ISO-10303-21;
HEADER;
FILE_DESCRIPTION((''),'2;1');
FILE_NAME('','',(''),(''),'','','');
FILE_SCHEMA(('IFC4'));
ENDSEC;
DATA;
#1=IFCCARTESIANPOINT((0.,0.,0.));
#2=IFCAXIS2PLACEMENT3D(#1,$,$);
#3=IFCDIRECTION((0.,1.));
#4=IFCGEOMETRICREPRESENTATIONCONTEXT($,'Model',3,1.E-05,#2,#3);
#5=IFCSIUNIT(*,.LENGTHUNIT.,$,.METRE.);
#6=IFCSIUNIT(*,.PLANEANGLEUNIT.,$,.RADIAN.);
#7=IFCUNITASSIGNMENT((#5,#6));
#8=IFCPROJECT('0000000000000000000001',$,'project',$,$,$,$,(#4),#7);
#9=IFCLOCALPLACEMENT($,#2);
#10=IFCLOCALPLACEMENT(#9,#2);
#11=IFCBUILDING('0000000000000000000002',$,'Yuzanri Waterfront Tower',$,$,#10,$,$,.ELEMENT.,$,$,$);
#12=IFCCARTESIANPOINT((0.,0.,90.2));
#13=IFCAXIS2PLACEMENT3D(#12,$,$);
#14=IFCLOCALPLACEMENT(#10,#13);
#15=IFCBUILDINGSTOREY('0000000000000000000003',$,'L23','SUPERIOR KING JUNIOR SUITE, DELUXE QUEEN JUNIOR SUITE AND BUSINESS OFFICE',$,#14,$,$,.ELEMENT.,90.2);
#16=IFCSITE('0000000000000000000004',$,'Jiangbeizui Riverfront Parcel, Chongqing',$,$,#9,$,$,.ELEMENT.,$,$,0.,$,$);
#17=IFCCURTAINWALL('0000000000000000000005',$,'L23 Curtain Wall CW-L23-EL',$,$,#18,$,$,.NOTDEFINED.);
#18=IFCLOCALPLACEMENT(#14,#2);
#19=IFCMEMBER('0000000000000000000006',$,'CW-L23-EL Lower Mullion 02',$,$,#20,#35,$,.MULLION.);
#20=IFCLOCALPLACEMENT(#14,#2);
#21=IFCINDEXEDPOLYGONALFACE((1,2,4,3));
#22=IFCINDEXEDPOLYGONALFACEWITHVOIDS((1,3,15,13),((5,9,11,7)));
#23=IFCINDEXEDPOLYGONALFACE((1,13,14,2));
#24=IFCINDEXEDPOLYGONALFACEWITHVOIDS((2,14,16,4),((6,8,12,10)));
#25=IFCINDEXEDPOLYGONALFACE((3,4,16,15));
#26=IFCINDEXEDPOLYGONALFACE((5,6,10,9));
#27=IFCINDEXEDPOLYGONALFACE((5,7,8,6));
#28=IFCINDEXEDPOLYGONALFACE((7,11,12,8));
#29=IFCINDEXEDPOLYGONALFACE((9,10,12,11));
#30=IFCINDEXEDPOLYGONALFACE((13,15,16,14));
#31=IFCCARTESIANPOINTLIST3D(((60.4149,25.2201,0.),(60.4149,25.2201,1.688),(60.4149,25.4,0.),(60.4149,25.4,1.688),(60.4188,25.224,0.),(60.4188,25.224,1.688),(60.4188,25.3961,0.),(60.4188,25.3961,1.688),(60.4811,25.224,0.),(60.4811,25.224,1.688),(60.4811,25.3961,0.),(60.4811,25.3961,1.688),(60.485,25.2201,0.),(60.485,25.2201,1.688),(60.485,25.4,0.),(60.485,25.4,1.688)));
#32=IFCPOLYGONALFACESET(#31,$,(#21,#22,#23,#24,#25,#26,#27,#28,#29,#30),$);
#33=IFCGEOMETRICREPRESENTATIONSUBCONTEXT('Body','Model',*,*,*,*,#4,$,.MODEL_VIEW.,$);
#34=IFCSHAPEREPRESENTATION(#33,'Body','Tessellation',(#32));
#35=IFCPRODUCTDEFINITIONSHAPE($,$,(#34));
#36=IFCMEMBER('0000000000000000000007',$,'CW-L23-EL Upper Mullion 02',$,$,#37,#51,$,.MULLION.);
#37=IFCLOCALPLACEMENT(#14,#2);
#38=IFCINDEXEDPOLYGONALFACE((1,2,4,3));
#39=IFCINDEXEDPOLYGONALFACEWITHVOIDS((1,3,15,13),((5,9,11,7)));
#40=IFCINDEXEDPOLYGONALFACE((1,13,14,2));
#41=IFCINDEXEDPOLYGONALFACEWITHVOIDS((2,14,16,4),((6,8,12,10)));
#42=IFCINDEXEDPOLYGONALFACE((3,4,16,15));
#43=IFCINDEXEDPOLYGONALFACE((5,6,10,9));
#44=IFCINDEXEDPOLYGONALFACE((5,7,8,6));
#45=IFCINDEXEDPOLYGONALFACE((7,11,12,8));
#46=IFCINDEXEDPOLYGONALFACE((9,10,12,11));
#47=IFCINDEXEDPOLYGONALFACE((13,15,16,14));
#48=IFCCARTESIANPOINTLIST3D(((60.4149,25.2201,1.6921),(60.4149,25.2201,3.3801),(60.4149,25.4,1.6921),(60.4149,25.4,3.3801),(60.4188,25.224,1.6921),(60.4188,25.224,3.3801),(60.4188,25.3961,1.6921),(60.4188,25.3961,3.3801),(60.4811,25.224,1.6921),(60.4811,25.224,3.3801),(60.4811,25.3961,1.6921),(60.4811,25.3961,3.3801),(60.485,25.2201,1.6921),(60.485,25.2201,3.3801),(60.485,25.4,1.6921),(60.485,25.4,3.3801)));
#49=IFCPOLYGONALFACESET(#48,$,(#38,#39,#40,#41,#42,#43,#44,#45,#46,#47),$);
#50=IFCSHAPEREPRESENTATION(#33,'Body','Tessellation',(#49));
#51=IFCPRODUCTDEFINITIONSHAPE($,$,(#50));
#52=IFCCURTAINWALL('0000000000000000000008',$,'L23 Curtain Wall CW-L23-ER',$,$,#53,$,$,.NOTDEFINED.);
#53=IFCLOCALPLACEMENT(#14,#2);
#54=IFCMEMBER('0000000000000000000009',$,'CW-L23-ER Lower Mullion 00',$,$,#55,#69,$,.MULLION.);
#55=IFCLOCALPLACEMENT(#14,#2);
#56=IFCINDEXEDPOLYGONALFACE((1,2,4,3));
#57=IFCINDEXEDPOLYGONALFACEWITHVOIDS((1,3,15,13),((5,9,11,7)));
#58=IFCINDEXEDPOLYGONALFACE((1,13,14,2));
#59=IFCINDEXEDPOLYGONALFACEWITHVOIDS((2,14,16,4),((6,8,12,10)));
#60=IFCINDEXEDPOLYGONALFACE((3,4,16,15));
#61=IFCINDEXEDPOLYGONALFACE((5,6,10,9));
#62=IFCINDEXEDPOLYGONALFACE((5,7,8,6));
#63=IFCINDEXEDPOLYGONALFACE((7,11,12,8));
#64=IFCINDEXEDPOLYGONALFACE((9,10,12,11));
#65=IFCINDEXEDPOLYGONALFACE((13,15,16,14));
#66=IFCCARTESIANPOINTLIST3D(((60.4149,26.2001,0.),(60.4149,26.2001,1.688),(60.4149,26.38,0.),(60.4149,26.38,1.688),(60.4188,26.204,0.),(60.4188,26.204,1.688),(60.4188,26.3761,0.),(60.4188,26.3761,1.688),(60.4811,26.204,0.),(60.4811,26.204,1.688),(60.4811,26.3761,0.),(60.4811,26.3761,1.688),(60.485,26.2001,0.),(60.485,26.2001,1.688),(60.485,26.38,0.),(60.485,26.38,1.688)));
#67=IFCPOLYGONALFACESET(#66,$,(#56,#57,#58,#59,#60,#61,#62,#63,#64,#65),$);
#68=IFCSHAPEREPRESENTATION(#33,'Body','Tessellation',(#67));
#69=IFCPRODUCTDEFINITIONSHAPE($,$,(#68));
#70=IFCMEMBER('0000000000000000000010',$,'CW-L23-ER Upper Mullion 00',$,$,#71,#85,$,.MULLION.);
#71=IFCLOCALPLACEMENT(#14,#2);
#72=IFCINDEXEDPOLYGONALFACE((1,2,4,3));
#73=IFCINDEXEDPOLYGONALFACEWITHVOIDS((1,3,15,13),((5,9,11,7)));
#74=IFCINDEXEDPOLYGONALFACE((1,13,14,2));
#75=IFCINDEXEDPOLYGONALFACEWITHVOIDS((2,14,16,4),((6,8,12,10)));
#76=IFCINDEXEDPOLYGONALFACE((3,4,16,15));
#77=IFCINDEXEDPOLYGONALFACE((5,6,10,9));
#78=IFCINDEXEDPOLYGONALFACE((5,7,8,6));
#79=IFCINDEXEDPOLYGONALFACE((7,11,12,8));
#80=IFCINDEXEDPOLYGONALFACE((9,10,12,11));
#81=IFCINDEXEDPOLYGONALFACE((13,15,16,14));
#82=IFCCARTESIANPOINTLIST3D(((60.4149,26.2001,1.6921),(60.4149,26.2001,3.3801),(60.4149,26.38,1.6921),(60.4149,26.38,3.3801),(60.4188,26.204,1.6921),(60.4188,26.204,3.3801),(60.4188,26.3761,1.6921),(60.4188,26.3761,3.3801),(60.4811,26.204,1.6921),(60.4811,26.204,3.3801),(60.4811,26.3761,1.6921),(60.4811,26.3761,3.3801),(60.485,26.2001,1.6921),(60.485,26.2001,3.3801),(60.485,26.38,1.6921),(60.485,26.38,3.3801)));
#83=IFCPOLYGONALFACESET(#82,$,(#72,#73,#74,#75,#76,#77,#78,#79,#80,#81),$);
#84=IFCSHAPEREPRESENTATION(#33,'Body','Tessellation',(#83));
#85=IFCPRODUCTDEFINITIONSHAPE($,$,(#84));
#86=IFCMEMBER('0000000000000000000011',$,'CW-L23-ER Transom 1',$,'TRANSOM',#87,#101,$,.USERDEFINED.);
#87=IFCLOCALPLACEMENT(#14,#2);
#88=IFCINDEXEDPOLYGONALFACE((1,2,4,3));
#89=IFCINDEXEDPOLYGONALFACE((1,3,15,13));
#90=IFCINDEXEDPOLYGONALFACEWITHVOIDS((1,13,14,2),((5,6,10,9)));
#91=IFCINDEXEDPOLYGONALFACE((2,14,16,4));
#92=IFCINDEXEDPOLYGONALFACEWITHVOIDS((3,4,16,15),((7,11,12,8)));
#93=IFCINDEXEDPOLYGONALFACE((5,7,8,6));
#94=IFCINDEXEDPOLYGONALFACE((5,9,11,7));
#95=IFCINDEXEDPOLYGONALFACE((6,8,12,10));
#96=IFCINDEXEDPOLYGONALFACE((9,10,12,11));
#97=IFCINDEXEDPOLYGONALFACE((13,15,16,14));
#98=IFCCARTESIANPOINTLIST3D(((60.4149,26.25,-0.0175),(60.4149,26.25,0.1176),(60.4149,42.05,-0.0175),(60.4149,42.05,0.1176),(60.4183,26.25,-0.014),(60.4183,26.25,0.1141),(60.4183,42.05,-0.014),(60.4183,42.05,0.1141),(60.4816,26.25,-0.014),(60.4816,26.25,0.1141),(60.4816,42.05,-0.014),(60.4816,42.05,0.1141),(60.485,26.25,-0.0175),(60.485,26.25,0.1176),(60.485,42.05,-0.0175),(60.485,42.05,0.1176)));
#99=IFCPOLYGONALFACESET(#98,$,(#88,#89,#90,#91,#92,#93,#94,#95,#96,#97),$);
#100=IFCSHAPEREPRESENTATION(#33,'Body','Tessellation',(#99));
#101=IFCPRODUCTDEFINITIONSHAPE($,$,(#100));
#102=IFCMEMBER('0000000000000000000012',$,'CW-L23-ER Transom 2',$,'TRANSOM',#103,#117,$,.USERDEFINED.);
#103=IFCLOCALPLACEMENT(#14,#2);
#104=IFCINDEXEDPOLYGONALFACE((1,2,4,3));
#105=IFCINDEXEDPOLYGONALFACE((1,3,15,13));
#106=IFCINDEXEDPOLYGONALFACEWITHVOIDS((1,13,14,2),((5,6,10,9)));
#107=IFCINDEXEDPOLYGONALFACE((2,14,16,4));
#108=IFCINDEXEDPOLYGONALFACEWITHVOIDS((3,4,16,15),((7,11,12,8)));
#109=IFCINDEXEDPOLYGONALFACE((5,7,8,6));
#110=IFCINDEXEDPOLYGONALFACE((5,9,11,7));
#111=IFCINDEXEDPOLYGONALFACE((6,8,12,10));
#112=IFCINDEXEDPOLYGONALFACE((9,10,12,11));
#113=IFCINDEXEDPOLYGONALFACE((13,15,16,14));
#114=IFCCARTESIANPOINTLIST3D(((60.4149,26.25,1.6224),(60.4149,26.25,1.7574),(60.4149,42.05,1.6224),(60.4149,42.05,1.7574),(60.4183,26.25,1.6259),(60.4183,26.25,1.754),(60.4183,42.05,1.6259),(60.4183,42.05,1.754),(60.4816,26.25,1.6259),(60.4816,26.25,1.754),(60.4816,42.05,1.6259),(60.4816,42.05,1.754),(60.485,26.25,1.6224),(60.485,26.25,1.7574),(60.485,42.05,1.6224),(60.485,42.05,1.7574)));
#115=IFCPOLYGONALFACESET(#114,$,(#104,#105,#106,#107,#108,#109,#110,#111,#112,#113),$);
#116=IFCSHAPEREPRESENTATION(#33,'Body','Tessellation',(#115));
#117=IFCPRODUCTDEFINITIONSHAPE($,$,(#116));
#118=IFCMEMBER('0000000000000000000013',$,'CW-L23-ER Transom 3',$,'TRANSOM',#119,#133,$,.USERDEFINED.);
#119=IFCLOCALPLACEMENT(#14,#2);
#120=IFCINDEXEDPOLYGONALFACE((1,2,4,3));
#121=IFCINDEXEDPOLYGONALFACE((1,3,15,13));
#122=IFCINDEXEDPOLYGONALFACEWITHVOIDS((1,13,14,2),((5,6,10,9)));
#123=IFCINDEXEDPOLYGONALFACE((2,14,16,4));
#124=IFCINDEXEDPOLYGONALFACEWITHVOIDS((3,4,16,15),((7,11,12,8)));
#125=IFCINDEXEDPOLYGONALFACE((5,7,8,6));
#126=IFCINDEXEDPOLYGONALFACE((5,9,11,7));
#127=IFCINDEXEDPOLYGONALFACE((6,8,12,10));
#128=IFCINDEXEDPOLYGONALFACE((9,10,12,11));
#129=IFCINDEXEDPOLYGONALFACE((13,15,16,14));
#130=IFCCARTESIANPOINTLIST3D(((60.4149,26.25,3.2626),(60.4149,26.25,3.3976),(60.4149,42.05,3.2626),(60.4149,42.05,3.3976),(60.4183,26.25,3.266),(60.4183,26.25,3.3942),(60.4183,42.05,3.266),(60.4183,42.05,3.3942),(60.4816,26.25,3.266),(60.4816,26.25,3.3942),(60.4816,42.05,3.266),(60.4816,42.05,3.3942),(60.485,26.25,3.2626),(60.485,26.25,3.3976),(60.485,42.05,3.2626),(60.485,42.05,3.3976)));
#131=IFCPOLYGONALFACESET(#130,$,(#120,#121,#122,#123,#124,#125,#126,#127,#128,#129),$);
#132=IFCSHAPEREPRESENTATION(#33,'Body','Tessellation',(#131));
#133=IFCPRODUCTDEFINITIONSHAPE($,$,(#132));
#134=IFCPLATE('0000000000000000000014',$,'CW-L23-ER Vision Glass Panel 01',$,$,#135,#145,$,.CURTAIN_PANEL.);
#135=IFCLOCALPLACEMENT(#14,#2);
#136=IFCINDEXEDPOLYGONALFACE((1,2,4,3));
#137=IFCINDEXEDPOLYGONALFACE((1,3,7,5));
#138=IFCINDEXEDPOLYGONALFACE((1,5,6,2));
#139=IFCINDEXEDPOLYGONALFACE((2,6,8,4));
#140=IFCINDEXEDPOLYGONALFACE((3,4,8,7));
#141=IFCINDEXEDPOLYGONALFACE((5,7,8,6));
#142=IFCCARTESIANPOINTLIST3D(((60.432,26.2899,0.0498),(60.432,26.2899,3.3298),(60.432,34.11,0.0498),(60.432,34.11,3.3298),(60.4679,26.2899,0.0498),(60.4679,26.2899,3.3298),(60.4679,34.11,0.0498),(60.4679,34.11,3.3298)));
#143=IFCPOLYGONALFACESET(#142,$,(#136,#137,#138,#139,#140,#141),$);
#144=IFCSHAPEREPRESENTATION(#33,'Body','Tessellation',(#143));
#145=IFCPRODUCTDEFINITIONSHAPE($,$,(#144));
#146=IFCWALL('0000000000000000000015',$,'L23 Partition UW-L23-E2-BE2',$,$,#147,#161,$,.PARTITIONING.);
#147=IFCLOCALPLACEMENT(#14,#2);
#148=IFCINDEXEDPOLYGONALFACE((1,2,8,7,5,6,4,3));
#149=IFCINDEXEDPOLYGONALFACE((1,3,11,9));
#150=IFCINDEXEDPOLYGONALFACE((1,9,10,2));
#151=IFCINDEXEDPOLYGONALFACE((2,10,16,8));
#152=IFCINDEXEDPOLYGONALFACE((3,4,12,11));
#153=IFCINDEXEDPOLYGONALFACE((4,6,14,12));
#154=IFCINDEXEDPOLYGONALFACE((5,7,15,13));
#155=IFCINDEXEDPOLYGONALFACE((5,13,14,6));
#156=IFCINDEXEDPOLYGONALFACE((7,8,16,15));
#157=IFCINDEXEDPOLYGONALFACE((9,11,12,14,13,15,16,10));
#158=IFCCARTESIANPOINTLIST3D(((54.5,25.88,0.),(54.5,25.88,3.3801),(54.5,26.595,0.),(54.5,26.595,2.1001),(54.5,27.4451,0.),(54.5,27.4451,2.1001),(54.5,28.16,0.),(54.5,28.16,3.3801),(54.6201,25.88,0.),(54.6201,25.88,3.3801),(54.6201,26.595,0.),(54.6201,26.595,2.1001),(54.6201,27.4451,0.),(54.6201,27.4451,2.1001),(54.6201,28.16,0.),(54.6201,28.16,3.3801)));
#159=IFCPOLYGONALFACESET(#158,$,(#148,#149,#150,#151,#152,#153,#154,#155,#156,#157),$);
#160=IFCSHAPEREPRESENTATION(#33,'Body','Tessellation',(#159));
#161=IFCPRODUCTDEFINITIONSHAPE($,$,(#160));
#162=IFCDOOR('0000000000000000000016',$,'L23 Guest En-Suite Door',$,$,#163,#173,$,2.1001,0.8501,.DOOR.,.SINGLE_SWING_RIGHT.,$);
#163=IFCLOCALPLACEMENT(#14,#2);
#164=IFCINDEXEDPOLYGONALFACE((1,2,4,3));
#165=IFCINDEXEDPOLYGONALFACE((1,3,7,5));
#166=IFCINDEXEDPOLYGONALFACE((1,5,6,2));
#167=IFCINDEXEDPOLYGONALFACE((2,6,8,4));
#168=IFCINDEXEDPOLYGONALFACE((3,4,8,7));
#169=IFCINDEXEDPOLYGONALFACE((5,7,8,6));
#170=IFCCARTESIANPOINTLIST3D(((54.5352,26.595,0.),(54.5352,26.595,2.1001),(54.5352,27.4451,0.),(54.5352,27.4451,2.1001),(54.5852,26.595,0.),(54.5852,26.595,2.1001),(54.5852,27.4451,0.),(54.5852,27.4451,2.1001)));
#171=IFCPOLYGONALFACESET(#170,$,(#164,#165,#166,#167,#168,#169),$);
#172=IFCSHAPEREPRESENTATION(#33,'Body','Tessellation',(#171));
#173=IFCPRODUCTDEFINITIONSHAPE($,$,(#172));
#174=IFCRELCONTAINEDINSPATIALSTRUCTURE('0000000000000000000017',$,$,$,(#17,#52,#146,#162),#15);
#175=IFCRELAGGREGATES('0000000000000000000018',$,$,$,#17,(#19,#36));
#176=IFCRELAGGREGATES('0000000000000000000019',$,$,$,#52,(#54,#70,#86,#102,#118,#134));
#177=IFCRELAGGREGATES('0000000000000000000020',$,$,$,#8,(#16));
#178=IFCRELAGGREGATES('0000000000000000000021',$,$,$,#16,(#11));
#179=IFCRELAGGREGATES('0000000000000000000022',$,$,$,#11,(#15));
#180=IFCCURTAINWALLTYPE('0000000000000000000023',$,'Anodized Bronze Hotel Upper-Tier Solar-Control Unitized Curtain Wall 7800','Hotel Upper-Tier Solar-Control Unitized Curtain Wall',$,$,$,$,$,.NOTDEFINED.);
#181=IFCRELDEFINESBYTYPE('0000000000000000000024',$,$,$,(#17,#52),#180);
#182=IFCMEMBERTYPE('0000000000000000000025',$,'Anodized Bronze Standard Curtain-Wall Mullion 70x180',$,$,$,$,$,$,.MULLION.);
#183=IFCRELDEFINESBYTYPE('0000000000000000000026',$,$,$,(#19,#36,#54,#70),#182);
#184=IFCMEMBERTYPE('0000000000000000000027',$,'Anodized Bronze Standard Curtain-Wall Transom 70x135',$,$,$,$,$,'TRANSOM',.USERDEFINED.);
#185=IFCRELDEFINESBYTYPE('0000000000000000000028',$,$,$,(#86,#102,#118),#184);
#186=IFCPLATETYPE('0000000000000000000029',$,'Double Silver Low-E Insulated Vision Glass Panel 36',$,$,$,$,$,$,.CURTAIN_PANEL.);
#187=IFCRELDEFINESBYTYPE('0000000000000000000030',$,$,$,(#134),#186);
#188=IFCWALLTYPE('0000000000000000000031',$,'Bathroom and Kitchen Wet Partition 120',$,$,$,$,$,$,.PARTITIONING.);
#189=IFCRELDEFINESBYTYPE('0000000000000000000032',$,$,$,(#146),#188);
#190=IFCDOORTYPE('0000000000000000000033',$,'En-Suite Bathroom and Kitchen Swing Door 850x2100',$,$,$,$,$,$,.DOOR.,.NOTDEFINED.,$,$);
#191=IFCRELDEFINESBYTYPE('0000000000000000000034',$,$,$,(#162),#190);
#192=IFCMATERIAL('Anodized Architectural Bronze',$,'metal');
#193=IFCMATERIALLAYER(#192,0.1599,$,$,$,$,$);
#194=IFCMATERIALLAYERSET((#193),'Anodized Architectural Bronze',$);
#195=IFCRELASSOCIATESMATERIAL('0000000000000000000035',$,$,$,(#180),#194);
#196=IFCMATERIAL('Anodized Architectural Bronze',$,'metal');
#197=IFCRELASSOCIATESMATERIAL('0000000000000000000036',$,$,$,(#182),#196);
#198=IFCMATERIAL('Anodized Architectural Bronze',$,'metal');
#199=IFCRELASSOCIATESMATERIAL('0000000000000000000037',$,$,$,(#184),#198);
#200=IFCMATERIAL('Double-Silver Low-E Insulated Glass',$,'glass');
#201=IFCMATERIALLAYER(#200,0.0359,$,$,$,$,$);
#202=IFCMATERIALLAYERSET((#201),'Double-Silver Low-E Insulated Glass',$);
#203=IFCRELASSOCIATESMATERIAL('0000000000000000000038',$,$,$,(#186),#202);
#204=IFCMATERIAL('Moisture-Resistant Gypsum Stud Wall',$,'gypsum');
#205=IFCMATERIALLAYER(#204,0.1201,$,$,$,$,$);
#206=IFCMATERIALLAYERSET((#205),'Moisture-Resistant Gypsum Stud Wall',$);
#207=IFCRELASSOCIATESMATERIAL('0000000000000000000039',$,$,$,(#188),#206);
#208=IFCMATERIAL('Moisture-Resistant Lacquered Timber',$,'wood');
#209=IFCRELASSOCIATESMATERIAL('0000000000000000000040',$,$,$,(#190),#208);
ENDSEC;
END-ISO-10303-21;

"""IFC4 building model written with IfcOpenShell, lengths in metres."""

from ifc_helpers import new_model, si_unit, direction, frame, frame_2d, origin, origin_2d, place, context, subcontext, project, spatial, rectangle, hollow_rectangle, extrude, source, transform, mapped, material, layer, layer_set, material_profile, profile_set, type_object, element, fill, aggregate, save


model = new_model("IFC4")

# Units and contexts
model_context = context("Model", 3, precision=1e-05, world=origin(), true_north=direction((0.0, 1.0)))
body_context = subcontext(model_context, "Body", "Model", "MODEL_VIEW")
ifc_project = project(units=[si_unit("LENGTHUNIT", "METRE"), si_unit("PLANEANGLEUNIT", "RADIAN")], contexts=[model_context])

# Site, building, storey
site_placement = place(None, origin())
site = spatial("IfcSite", under=ifc_project, at=site_placement, Name="Jiangbeizui Riverfront Parcel, Chongqing", CompositionType="ELEMENT", RefElevation=0.0)
building_placement = place(site_placement, origin())
building = spatial("IfcBuilding", under=site, at=building_placement, Name="Yuzanri Waterfront Tower", CompositionType="ELEMENT")
storey_placement = place(building_placement, frame((0.0, 0.0, 90.2)))
storey = spatial("IfcBuildingStorey", under=building, at=storey_placement, Name="L23", Description="SUPERIOR KING JUNIOR SUITE, DELUXE QUEEN JUNIOR SUITE AND BUSINESS OFFICE", CompositionType="ELEMENT", Elevation=90.2)

# Curtain wall, members
ifc_material_1 = material(Name="Anodized Architectural Bronze", Category="metal")
ifc_layer_1 = layer(ifc_material_1, 0.1599)
ifc_layer_set_1 = layer_set([ifc_layer_1], Name="Anodized Architectural Bronze")
curtain_wall_type = type_object("IfcCurtainWallType", Name="Anodized Bronze Hotel Upper-Tier Solar-Control Unitized Curtain Wall 7800", Description="Hotel Upper-Tier Solar-Control Unitized Curtain Wall", PredefinedType="NOTDEFINED", material=ifc_layer_set_1)
curtain_wall_1_placement = place(storey_placement, origin())
curtain_wall_1 = element("IfcCurtainWall", 1, at=curtain_wall_1_placement, inside=storey, type_object=curtain_wall_type, Name="L23 Curtain Wall CW-L23-EL", PredefinedType="NOTDEFINED")
ifc_material_2 = material(Name="Anodized Architectural Bronze", Category="metal")
ifc_material_profile_1 = material_profile(ifc_material_2, hollow_rectangle(XDim=0.0701, YDim=0.1799, WallThickness=0.0039, at=origin_2d()), Name="CWM 70x180")
ifc_profile_set_1 = profile_set([ifc_material_profile_1], Name="Anodized Architectural Bronze")
member_type_1 = type_object("IfcMemberType", Name="Anodized Bronze Standard Curtain-Wall Mullion 70x180", PredefinedType="MULLION", material=ifc_profile_set_1)
shared_shape_1 = source(origin(), body_context, "Body", "SweptSolid", [
    extrude(hollow_rectangle(XDim=0.0701, YDim=0.1799, WallThickness=0.0039, at=origin_2d()), origin(), (0.0, 0.0, 1.0), 1.688),
])
member_1_placement = place(storey_placement, frame((60.45, 25.3101, 0.0), z_axis=(0.0, 0.0, 1.0), x_axis=(1.0, 0.0, 0.0)))
member_1 = element("IfcMember", 2, at=member_1_placement, type_object=member_type_1, Name="CW-L23-EL Lower Mullion 02", PredefinedType="MULLION", context=body_context, shape_type="MappedRepresentation", body=[
    mapped(shared_shape_1, transform((0.0, 0.0, 0.0), scale=1.0)),
])
member_2_placement = place(storey_placement, frame((60.45, 25.3101, 1.6921), z_axis=(0.0, 0.0, 1.0), x_axis=(1.0, 0.0, 0.0)))
member_2 = element("IfcMember", 3, at=member_2_placement, type_object=member_type_1, Name="CW-L23-EL Upper Mullion 02", PredefinedType="MULLION", context=body_context, shape_type="MappedRepresentation", body=[
    mapped(shared_shape_1, transform((0.0, 0.0, 0.0), scale=1.0)),
])
aggregate(curtain_wall_1, [member_1, member_2])

# Curtain wall, members, plate
curtain_wall_2_placement = place(storey_placement, origin())
curtain_wall_2 = element("IfcCurtainWall", 4, at=curtain_wall_2_placement, inside=storey, type_object=curtain_wall_type, Name="L23 Curtain Wall CW-L23-ER", PredefinedType="NOTDEFINED")
member_3_placement = place(storey_placement, frame((60.45, 26.29, 0.0), z_axis=(0.0, 0.0, 1.0), x_axis=(1.0, 0.0, 0.0)))
member_3 = element("IfcMember", 5, at=member_3_placement, type_object=member_type_1, Name="CW-L23-ER Lower Mullion 00", PredefinedType="MULLION", context=body_context, shape_type="MappedRepresentation", body=[
    mapped(shared_shape_1, transform((0.0, 0.0, 0.0), scale=1.0)),
])
member_4_placement = place(storey_placement, frame((60.45, 26.29, 1.6921), z_axis=(0.0, 0.0, 1.0), x_axis=(1.0, 0.0, 0.0)))
member_4 = element("IfcMember", 6, at=member_4_placement, type_object=member_type_1, Name="CW-L23-ER Upper Mullion 00", PredefinedType="MULLION", context=body_context, shape_type="MappedRepresentation", body=[
    mapped(shared_shape_1, transform((0.0, 0.0, 0.0), scale=1.0)),
])
ifc_material_3 = material(Name="Anodized Architectural Bronze", Category="metal")
ifc_material_profile_2 = material_profile(ifc_material_3, hollow_rectangle(XDim=0.0701, YDim=0.135, WallThickness=0.0034, at=origin_2d()), Name="CWT 70x135")
ifc_profile_set_2 = profile_set([ifc_material_profile_2], Name="Anodized Architectural Bronze")
member_type_2 = type_object("IfcMemberType", Name="Anodized Bronze Standard Curtain-Wall Transom 70x135", ElementType="TRANSOM", PredefinedType="USERDEFINED", material=ifc_profile_set_2)
shared_shape_2 = source(origin(), body_context, "Body", "SweptSolid", [
    extrude(hollow_rectangle(XDim=0.0701, YDim=0.135, WallThickness=0.0034, at=origin_2d()), origin(), (0.0, 0.0, 1.0), 15.8),
])
member_5_placement = place(storey_placement, frame((60.45, 26.25, 0.05), z_axis=(0.0, 1.0, 0.0), x_axis=(-1.0, 0.0, 0.0)))
member_5 = element("IfcMember", 7, at=member_5_placement, type_object=member_type_2, Name="CW-L23-ER Transom 1", ObjectType="TRANSOM", PredefinedType="USERDEFINED", context=body_context, shape_type="MappedRepresentation", body=[
    mapped(shared_shape_2, transform((0.0, 0.0, 0.0), scale=1.0)),
])
member_6_placement = place(storey_placement, frame((60.45, 26.25, 1.6899), z_axis=(0.0, 1.0, 0.0), x_axis=(-1.0, 0.0, 0.0)))
member_6 = element("IfcMember", 8, at=member_6_placement, type_object=member_type_2, Name="CW-L23-ER Transom 2", ObjectType="TRANSOM", PredefinedType="USERDEFINED", context=body_context, shape_type="MappedRepresentation", body=[
    mapped(shared_shape_2, transform((0.0, 0.0, 0.0), scale=1.0)),
])
member_7_placement = place(storey_placement, frame((60.45, 26.25, 3.3301), z_axis=(0.0, 1.0, 0.0), x_axis=(-1.0, 0.0, 0.0)))
member_7 = element("IfcMember", 9, at=member_7_placement, type_object=member_type_2, Name="CW-L23-ER Transom 3", ObjectType="TRANSOM", PredefinedType="USERDEFINED", context=body_context, shape_type="MappedRepresentation", body=[
    mapped(shared_shape_2, transform((0.0, 0.0, 0.0), scale=1.0)),
])
ifc_material_4 = material(Name="Double-Silver Low-E Insulated Glass", Category="glass")
ifc_layer_2 = layer(ifc_material_4, 0.0359)
ifc_layer_set_2 = layer_set([ifc_layer_2], Name="Double-Silver Low-E Insulated Glass")
plate_type = type_object("IfcPlateType", Name="Double Silver Low-E Insulated Vision Glass Panel 36", PredefinedType="CURTAIN_PANEL", material=ifc_layer_set_2)
shared_shape_3 = source(origin(), body_context, "Body", "SweptSolid", [
    extrude(rectangle(XDim=7.8201, YDim=0.0359, at=origin_2d()), origin(), (0.0, 0.0, 1.0), 3.28),
])
plate_placement = place(storey_placement, frame((60.45, 30.2, 0.0498), z_axis=(0.0, 0.0, 1.0), x_axis=(0.0, 1.0, 0.0)))
plate = element("IfcPlate", 10, at=plate_placement, type_object=plate_type, Name="CW-L23-ER Vision Glass Panel 01", PredefinedType="CURTAIN_PANEL", context=body_context, shape_type="MappedRepresentation", body=[
    mapped(shared_shape_3, transform((0.0, 0.0, 0.0), scale=1.0)),
])
aggregate(curtain_wall_2, [member_3, member_4, member_5, member_6, member_7, plate])

# Wall, opening, door
ifc_material_5 = material(Name="Moisture-Resistant Gypsum Stud Wall", Category="gypsum")
ifc_layer_3 = layer(ifc_material_5, 0.1201)
ifc_layer_set_3 = layer_set([ifc_layer_3], Name="Moisture-Resistant Gypsum Stud Wall")
wall_type_1 = type_object("IfcWallType", Name="Bathroom and Kitchen Wet Partition 120", PredefinedType="PARTITIONING", material=ifc_layer_set_3)
wall_1_placement = place(storey_placement, frame((54.5601, 25.8799, 0.0), z_axis=(0.0, 0.0, 1.0), x_axis=(0.0, 1.0, 0.0)))
wall_1 = element("IfcWall", 11, at=wall_1_placement, inside=storey, type_object=wall_type_1, Name="L23 Partition UW-L23-E2-BE2", PredefinedType="PARTITIONING", context=body_context, shape_type="SweptSolid", body=[
    extrude(rectangle(XDim=2.28, YDim=0.1201, at=frame_2d((1.1401, 0.0))), origin(), (0.0, 0.0, 1.0), 3.3801),
])
opening_1_placement = place(wall_1_placement, frame((0.7151, 0.0, 0.0)))
opening_1 = element("IfcOpeningElement", 12, at=opening_1_placement, cuts=wall_1, PredefinedType="OPENING", context=body_context, shape_type="SweptSolid", body=[
    extrude(rectangle(XDim=0.8501, YDim=2.1001, at=frame_2d((0.425, 1.05))), frame((0.0, 0.075, 0.0), z_axis=(0.0, -1.0, 0.0), x_axis=(1.0, 0.0, 0.0)), (0.0, 0.0, 1.0), 0.1499),
])
ifc_material_6 = material(Name="Moisture-Resistant Lacquered Timber", Category="wood")
door_type_1 = type_object("IfcDoorType", Name="En-Suite Bathroom and Kitchen Swing Door 850x2100", OperationType="NOTDEFINED", PredefinedType="DOOR", material=ifc_material_6)
shared_shape_4 = source(origin(), body_context, "Body", "SweptSolid", [
    extrude(rectangle(XDim=0.8501, YDim=2.1001, at=frame_2d((0.425, 1.05))), frame((0.0, 0.0249, 0.0), z_axis=(0.0, -1.0, 0.0), x_axis=(1.0, 0.0, 0.0)), (0.0, 0.0, 1.0), 0.05),
])
door_1_placement = place(opening_1_placement, origin())
door_1 = element("IfcDoor", 13, at=door_1_placement, inside=storey, type_object=door_type_1, Name="L23 Guest En-Suite Door", OperationType="SINGLE_SWING_RIGHT", OverallHeight=2.1001, OverallWidth=0.8501, PredefinedType="DOOR", context=body_context, shape_type="MappedRepresentation", body=[
    mapped(shared_shape_4, transform((0.0, 0.0, 0.0), scale=1.0)),
])
fill(opening_1, door_1)

save(model, "model.ifc")
